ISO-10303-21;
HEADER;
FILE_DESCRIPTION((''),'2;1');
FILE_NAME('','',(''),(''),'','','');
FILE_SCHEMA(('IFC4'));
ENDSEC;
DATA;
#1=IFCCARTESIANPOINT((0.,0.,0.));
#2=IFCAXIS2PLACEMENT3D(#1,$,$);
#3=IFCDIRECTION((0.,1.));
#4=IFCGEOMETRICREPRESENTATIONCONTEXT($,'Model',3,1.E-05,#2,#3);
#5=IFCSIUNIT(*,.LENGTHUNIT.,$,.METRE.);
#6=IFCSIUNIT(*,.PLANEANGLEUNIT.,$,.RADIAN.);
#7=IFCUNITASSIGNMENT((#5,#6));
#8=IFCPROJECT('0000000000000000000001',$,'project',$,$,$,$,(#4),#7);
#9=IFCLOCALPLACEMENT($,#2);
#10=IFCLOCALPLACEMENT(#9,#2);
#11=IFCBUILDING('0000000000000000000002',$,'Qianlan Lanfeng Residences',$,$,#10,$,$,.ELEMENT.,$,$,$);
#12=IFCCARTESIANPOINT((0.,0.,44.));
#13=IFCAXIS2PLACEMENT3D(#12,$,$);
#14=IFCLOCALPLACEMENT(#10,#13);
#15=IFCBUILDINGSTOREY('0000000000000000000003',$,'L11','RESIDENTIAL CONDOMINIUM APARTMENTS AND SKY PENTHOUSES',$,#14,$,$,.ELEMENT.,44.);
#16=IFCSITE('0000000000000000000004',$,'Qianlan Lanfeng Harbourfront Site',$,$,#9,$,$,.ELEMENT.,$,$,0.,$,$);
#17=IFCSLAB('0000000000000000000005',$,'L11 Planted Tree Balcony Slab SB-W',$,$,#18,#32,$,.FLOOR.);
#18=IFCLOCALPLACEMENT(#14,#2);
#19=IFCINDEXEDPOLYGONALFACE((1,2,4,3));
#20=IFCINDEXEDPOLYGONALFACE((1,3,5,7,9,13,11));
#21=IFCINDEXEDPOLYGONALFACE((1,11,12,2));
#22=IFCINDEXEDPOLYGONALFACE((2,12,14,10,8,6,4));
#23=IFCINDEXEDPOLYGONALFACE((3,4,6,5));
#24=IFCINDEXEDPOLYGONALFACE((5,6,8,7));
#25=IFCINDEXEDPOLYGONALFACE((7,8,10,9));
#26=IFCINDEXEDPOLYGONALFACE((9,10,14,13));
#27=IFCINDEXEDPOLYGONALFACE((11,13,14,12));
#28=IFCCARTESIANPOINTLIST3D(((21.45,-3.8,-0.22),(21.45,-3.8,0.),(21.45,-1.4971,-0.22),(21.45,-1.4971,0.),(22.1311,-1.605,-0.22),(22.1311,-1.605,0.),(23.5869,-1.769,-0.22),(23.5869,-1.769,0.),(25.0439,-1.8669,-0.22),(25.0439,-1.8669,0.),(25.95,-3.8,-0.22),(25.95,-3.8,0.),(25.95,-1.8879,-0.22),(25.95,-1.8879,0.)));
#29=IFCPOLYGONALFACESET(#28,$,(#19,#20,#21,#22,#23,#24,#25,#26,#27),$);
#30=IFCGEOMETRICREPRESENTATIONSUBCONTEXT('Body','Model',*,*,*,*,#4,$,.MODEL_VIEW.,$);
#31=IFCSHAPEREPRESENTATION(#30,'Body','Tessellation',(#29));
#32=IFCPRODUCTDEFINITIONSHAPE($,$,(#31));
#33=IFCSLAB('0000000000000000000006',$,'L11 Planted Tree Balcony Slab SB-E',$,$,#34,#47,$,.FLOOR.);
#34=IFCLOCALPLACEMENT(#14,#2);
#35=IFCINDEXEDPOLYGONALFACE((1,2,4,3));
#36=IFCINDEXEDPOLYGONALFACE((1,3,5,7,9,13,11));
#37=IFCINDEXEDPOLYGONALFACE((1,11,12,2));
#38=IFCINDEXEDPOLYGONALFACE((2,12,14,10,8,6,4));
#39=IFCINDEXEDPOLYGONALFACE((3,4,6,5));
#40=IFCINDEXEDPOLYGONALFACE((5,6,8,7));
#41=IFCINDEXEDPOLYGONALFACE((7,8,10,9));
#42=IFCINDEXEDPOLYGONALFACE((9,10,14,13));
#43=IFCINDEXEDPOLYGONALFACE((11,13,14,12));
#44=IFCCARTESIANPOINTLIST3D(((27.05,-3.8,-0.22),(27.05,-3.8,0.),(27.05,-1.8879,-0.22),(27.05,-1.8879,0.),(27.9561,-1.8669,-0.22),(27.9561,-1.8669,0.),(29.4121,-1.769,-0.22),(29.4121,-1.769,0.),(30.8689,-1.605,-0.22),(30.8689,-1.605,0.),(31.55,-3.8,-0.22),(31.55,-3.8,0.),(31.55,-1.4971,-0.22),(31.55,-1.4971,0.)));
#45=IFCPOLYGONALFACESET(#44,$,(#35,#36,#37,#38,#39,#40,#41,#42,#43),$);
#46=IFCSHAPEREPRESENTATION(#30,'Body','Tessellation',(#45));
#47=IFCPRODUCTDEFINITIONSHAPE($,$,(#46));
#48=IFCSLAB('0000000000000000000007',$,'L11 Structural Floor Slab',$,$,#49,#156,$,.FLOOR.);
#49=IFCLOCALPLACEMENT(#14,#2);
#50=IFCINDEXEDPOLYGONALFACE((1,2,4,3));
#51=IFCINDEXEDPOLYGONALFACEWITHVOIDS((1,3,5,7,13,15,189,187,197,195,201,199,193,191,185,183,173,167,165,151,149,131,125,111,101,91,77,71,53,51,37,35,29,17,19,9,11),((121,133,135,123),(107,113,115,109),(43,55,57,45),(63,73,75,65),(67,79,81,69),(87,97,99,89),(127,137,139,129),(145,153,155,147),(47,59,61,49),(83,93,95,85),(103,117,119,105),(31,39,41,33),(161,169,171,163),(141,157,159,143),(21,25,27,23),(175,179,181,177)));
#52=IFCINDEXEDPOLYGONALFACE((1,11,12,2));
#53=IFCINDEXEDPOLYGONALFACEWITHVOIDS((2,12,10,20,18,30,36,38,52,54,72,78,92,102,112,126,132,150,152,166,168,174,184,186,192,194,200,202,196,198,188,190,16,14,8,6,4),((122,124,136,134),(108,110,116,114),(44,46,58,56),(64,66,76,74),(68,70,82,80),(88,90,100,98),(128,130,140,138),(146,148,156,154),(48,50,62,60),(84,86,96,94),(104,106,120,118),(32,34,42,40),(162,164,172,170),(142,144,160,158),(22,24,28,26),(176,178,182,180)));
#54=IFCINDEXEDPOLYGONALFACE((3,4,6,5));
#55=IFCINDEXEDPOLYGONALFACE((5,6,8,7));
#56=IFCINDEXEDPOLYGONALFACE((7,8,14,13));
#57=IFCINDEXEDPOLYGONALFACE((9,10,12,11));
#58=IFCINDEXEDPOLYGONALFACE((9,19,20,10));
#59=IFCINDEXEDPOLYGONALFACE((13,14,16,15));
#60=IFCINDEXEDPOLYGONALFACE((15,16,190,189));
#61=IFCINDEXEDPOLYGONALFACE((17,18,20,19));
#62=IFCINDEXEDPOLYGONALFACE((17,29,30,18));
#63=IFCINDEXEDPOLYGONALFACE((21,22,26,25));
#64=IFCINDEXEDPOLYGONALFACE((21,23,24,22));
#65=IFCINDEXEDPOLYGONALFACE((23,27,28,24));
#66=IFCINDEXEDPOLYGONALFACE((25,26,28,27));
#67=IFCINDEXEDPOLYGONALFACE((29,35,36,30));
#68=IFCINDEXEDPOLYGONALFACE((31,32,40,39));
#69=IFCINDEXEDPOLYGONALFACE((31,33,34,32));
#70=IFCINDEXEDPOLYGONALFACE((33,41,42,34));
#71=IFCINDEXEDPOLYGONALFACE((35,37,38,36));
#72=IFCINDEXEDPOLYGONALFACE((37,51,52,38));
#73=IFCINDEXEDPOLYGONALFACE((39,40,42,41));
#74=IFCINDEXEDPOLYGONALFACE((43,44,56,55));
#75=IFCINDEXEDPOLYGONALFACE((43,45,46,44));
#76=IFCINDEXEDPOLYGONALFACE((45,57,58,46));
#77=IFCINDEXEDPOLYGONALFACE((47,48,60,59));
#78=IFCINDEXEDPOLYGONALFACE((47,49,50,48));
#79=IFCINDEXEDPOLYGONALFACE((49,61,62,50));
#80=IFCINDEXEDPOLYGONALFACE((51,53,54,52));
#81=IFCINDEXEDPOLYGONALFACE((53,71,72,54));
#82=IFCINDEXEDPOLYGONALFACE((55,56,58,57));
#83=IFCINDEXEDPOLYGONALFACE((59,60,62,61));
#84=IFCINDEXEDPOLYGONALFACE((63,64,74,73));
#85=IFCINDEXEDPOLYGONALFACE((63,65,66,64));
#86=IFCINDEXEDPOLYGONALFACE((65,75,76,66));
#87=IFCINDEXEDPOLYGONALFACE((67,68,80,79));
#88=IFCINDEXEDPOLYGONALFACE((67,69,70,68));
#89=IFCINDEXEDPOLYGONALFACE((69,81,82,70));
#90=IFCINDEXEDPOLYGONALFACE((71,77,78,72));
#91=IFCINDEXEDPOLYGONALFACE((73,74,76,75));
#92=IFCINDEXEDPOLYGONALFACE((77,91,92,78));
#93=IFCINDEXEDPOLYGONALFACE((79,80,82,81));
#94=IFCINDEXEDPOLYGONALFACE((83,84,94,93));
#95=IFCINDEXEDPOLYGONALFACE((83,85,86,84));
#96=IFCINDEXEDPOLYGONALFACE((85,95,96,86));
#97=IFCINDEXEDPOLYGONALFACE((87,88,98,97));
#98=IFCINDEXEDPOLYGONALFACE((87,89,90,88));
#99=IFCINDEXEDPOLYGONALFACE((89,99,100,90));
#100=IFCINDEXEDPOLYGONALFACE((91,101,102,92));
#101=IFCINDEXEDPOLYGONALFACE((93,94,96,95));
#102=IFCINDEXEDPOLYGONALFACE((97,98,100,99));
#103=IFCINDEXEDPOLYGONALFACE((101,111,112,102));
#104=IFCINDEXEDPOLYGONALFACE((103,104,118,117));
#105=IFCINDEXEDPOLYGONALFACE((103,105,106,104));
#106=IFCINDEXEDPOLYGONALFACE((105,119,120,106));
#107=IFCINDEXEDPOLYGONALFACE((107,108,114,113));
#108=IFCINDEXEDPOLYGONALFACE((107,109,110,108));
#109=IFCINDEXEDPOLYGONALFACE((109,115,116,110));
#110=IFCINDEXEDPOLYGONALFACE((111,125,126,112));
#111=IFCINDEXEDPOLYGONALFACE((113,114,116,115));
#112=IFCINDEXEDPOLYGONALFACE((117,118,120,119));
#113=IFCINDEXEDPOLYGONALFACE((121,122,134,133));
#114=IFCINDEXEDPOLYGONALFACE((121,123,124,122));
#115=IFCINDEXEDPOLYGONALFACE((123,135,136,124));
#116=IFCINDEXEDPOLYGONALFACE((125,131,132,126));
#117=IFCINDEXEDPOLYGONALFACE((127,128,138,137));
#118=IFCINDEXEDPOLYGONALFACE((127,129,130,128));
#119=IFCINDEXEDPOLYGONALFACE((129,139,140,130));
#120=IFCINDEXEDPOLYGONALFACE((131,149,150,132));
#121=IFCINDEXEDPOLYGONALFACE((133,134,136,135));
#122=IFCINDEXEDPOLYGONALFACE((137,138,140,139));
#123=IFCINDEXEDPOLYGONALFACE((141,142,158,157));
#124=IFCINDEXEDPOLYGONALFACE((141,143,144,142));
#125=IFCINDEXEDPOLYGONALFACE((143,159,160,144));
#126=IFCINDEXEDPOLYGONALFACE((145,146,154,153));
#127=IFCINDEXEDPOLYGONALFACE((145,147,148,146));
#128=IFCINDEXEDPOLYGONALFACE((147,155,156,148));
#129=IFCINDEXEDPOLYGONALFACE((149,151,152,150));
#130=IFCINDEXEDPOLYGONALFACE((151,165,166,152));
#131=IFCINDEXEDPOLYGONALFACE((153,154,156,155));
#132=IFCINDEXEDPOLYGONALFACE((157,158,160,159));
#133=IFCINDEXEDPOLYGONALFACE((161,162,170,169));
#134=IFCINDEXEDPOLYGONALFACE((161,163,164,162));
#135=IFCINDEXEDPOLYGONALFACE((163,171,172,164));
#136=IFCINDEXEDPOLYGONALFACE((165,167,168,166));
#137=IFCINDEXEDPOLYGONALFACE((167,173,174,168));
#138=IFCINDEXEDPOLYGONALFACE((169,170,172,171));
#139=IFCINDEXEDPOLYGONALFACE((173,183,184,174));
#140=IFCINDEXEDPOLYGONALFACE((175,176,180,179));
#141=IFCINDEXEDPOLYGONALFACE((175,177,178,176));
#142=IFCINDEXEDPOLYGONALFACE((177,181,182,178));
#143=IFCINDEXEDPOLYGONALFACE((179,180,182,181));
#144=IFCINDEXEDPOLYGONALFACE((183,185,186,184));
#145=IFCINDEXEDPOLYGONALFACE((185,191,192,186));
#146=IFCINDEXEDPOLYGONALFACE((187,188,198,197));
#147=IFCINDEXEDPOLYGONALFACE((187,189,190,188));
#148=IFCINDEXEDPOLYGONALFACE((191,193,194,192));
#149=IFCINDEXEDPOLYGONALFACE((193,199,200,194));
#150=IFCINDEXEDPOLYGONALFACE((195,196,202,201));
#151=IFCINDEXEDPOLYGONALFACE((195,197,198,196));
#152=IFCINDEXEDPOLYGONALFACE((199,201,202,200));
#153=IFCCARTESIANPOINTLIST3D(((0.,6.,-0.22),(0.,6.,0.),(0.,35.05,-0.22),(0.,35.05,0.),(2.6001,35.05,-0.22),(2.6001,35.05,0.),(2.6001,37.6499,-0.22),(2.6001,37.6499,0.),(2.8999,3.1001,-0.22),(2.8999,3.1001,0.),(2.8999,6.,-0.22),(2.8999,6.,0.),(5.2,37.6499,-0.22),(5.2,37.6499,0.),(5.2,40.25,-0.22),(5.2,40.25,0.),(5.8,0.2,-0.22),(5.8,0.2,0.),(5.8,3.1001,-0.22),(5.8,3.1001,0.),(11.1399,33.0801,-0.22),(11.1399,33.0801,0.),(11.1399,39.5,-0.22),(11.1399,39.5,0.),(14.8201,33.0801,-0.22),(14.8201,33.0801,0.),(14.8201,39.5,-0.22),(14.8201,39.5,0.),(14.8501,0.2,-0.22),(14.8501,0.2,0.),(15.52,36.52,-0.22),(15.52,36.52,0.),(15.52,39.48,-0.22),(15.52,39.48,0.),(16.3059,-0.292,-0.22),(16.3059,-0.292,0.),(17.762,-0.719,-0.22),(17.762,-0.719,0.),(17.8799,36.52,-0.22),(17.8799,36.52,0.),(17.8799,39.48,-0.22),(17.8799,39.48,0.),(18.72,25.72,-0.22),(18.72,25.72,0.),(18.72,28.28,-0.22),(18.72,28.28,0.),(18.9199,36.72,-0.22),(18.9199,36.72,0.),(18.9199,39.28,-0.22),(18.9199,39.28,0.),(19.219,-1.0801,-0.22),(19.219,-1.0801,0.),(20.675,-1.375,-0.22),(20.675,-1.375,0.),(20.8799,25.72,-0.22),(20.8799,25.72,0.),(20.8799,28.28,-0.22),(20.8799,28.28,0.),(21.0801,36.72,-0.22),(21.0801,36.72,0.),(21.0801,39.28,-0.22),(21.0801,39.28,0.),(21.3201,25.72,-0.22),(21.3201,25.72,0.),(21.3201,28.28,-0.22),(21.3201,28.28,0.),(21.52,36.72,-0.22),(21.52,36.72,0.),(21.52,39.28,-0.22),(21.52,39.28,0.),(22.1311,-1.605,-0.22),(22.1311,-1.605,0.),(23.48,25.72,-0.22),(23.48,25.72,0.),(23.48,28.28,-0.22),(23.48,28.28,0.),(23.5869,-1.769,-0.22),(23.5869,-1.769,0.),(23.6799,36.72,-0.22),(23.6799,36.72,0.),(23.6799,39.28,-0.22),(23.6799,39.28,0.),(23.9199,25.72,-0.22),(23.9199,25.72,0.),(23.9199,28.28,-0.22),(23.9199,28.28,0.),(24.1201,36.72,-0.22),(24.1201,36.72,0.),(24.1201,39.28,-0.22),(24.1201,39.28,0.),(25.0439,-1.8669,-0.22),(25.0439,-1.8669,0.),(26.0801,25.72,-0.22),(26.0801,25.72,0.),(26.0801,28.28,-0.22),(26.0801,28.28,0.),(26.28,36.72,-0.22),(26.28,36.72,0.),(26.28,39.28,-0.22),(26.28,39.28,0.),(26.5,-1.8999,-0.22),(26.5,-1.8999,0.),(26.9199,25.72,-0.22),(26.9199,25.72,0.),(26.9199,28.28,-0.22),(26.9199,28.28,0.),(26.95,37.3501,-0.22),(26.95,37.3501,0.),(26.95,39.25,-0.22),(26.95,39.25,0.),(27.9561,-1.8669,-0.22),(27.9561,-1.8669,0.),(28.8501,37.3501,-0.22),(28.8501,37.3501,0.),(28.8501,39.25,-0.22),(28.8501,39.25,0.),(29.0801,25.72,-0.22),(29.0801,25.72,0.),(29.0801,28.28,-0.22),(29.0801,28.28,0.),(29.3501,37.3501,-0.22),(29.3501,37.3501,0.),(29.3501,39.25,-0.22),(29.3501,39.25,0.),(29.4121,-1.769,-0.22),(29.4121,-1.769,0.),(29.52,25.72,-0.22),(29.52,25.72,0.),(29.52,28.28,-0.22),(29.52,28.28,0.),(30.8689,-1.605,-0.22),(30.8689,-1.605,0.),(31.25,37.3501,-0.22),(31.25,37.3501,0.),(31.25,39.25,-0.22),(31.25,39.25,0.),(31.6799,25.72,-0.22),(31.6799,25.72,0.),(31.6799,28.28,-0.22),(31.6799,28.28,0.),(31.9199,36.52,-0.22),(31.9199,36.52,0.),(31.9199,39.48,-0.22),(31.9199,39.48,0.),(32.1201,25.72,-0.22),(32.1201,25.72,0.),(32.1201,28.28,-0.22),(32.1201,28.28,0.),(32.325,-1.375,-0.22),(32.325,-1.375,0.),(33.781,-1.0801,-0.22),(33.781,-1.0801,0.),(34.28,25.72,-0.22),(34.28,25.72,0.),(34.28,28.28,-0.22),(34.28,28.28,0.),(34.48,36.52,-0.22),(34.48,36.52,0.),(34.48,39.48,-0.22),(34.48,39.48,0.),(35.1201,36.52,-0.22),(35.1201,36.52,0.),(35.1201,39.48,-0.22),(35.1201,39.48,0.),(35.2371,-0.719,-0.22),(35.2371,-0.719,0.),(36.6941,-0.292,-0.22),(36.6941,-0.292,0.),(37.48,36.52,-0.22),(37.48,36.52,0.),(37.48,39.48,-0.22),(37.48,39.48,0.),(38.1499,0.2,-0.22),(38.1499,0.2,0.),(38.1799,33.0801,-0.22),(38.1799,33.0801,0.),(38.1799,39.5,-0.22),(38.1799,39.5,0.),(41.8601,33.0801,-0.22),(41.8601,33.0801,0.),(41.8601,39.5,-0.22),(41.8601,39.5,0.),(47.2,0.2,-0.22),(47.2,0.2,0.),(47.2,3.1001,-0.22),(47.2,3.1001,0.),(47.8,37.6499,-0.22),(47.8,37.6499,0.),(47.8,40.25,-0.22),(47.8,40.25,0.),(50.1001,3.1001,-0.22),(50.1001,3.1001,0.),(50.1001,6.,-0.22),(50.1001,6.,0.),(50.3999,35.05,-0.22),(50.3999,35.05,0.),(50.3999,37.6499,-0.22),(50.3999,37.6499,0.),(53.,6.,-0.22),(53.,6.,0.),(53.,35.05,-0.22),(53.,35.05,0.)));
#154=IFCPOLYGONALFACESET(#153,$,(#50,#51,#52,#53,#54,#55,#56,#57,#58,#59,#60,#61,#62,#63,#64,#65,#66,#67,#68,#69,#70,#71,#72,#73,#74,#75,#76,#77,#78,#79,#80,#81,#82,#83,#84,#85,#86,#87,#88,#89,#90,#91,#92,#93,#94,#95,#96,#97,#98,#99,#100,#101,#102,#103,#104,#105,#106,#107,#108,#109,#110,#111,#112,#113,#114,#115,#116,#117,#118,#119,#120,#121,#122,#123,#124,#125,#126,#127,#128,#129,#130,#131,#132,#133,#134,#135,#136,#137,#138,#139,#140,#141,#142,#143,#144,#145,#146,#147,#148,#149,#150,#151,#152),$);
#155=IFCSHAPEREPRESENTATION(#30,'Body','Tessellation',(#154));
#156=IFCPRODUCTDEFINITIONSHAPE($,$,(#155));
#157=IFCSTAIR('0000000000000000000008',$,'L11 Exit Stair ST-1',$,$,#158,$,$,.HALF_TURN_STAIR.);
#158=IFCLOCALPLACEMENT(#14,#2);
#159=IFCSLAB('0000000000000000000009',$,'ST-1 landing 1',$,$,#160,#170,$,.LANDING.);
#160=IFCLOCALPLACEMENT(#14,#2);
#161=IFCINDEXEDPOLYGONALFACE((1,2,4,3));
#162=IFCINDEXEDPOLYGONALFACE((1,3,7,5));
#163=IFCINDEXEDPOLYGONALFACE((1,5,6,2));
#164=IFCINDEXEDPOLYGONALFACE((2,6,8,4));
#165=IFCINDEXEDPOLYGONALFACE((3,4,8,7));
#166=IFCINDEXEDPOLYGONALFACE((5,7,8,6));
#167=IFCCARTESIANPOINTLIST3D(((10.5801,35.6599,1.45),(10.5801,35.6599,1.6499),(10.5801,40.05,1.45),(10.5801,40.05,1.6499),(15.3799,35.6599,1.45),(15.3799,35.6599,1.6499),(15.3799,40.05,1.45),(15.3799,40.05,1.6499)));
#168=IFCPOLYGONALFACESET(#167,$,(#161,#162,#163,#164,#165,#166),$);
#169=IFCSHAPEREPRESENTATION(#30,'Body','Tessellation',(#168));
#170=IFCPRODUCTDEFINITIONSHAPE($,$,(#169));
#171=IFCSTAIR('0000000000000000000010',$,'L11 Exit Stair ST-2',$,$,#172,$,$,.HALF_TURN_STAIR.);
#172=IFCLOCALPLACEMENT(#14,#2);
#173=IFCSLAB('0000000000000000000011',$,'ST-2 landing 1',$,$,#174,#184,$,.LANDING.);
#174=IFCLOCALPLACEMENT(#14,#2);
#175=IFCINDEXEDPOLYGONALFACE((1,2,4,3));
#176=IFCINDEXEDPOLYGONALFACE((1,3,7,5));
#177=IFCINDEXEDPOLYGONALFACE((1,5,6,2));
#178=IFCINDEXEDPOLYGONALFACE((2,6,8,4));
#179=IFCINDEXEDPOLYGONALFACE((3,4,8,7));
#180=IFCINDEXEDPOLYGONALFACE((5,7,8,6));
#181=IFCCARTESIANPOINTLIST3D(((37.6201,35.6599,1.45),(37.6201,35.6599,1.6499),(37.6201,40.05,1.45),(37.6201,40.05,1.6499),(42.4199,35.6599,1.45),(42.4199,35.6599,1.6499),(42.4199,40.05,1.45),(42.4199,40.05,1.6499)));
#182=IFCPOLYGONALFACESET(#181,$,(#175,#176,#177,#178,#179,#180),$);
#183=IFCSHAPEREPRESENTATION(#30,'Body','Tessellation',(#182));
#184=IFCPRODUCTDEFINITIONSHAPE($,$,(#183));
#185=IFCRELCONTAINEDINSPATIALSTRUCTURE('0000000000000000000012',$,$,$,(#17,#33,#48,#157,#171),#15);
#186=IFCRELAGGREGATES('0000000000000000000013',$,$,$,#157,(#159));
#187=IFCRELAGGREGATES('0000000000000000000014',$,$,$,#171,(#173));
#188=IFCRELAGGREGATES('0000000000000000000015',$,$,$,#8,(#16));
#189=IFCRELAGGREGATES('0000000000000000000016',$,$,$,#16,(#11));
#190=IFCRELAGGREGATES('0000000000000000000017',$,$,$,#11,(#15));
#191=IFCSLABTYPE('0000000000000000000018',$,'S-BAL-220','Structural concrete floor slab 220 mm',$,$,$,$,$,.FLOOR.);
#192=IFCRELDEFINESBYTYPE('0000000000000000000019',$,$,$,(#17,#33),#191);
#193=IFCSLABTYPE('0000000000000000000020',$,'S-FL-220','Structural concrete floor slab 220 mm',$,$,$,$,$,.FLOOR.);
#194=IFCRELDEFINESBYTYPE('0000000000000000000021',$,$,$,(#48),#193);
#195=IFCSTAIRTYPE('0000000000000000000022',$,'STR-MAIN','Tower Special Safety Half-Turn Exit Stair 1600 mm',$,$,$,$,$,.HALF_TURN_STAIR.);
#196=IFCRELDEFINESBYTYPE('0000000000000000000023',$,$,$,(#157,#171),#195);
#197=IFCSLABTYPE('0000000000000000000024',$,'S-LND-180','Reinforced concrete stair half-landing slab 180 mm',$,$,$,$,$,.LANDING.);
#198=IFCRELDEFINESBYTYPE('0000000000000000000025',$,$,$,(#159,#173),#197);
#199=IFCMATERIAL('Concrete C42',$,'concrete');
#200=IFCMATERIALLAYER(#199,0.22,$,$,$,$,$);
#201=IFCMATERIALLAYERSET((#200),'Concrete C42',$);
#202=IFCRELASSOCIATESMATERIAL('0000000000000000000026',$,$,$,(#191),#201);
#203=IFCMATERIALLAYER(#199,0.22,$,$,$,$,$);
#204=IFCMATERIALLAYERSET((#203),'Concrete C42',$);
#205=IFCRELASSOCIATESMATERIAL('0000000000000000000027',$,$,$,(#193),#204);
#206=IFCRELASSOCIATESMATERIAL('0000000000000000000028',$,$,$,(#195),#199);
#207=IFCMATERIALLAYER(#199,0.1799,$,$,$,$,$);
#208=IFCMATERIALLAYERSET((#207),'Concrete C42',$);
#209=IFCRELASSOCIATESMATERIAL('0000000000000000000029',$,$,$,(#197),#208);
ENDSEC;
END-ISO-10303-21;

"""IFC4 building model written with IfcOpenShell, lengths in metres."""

from ifc_helpers import new_model, si_unit, direction, frame, origin, place, context, subcontext, project, spatial, polyline, outline, extrude, material, layer, layer_set, type_object, element, aggregate, save


model = new_model("IFC4")

# Units and contexts
model_context = context("Model", 3, precision=1e-05, world=origin(), true_north=direction((0.0, 1.0)))
body_context = subcontext(model_context, "Body", "Model", "MODEL_VIEW")
ifc_project = project(units=[si_unit("LENGTHUNIT", "METRE"), si_unit("PLANEANGLEUNIT", "RADIAN")], contexts=[model_context])

# Site, building, storey
site_placement = place(None, origin())
site = spatial("IfcSite", under=ifc_project, at=site_placement, Name="Qianlan Lanfeng Harbourfront Site", CompositionType="ELEMENT", RefElevation=0.0)
building_placement = place(site_placement, origin())
building = spatial("IfcBuilding", under=site, at=building_placement, Name="Qianlan Lanfeng Residences", CompositionType="ELEMENT")
storey_placement = place(building_placement, frame((0.0, 0.0, 44.0)))
storey = spatial("IfcBuildingStorey", under=building, at=storey_placement, Name="L11", Description="RESIDENTIAL CONDOMINIUM APARTMENTS AND SKY PENTHOUSES", CompositionType="ELEMENT", Elevation=44.0)

# Slabs
ifc_material_1 = material(Name="Concrete C42", Category="concrete")
ifc_layer_1 = layer(ifc_material_1, 0.22)
ifc_layer_set_1 = layer_set([ifc_layer_1], Name="Concrete C42")
slab_type_1 = type_object("IfcSlabType", Name="S-BAL-220", Description="Structural concrete floor slab 220 mm", PredefinedType="FLOOR", material=ifc_layer_set_1)
slab_1_placement = place(storey_placement, frame((0.0, 0.0, -0.22)))
element("IfcSlab", 1, at=slab_1_placement, inside=storey, type_object=slab_type_1, Name="L11 Planted Tree Balcony Slab SB-W", PredefinedType="FLOOR", context=body_context, shape_type="SweptSolid", body=[
    extrude(outline(polyline([(25.95, -1.8879), (25.0439, -1.8669), (23.5869, -1.769), (22.1311, -1.605), (21.45, -1.4971), (21.45, -3.8), (25.95, -3.8), (25.95, -1.8879)])), origin(), (0.0, 0.0, 1.0), 0.22),
])
slab_2_placement = place(storey_placement, frame((0.0, 0.0, -0.22)))
element("IfcSlab", 2, at=slab_2_placement, inside=storey, type_object=slab_type_1, Name="L11 Planted Tree Balcony Slab SB-E", PredefinedType="FLOOR", context=body_context, shape_type="SweptSolid", body=[
    extrude(outline(polyline([(31.55, -1.4971), (30.8689, -1.605), (29.4121, -1.769), (27.9561, -1.8669), (27.05, -1.8879), (27.05, -3.8), (31.55, -3.8), (31.55, -1.4971)])), origin(), (0.0, 0.0, 1.0), 0.22),
])
ifc_layer_2 = layer(ifc_material_1, 0.22)
ifc_layer_set_2 = layer_set([ifc_layer_2], Name="Concrete C42")
slab_type_2 = type_object("IfcSlabType", Name="S-FL-220", Description="Structural concrete floor slab 220 mm", PredefinedType="FLOOR", material=ifc_layer_set_2)
slab_3_placement = place(storey_placement, frame((0.0, 0.0, -0.22)))
element("IfcSlab", 3, at=slab_3_placement, inside=storey, type_object=slab_type_2, Name="L11 Structural Floor Slab", PredefinedType="FLOOR", context=body_context, shape_type="SweptSolid", body=[
    extrude(outline(polyline([(0.0, 6.0), (2.8999, 6.0), (2.8999, 3.1001), (5.8, 3.1001), (5.8, 0.2), (14.8501, 0.2), (16.3059, -0.292), (17.762, -0.719), (19.219, -1.0801), (20.675, -1.375), (22.1311, -1.605), (23.5869, -1.769), (25.0439, -1.8669), (26.5, -1.8999), (27.9561, -1.8669), (29.4121, -1.769), (30.8689, -1.605), (32.325, -1.375), (33.781, -1.0801), (35.2371, -0.719), (36.6941, -0.292), (38.1499, 0.2), (47.2, 0.2), (47.2, 3.1001), (50.1001, 3.1001), (50.1001, 6.0), (53.0, 6.0), (53.0, 35.05), (50.3999, 35.05), (50.3999, 37.6499), (47.8, 37.6499), (47.8, 40.25), (5.2, 40.25), (5.2, 37.6499), (2.6001, 37.6499), (2.6001, 35.05), (0.0, 35.05), (0.0, 6.0)]), holes=[polyline([(11.1399, 33.0801), (11.1399, 39.5), (14.8201, 39.5), (14.8201, 33.0801), (11.1399, 33.0801)]), polyline([(38.1799, 33.0801), (38.1799, 39.5), (41.8601, 39.5), (41.8601, 33.0801), (38.1799, 33.0801)]), polyline([(15.52, 36.52), (15.52, 39.48), (17.8799, 39.48), (17.8799, 36.52), (15.52, 36.52)]), polyline([(35.1201, 36.52), (35.1201, 39.48), (37.48, 39.48), (37.48, 36.52), (35.1201, 36.52)]), polyline([(31.9199, 36.52), (31.9199, 39.48), (34.48, 39.48), (34.48, 36.52), (31.9199, 36.52)]), polyline([(18.72, 25.72), (18.72, 28.28), (20.8799, 28.28), (20.8799, 25.72), (18.72, 25.72)]), polyline([(21.3201, 25.72), (21.3201, 28.28), (23.48, 28.28), (23.48, 25.72), (21.3201, 25.72)]), polyline([(23.9199, 25.72), (23.9199, 28.28), (26.0801, 28.28), (26.0801, 25.72), (23.9199, 25.72)]), polyline([(26.9199, 25.72), (26.9199, 28.28), (29.0801, 28.28), (29.0801, 25.72), (26.9199, 25.72)]), polyline([(29.52, 25.72), (29.52, 28.28), (31.6799, 28.28), (31.6799, 25.72), (29.52, 25.72)]), polyline([(32.1201, 25.72), (32.1201, 28.28), (34.28, 28.28), (34.28, 25.72), (32.1201, 25.72)]), polyline([(18.9199, 36.72), (18.9199, 39.28), (21.0801, 39.28), (21.0801, 36.72), (18.9199, 36.72)]), polyline([(21.52, 36.72), (21.52, 39.28), (23.6799, 39.28), (23.6799, 36.72), (21.52, 36.72)]), polyline([(24.1201, 36.72), (24.1201, 39.28), (26.28, 39.28), (26.28, 36.72), (24.1201, 36.72)]), polyline([(26.95, 37.3501), (26.95, 39.25), (28.8501, 39.25), (28.8501, 37.3501), (26.95, 37.3501)]), polyline([(29.3501, 37.3501), (29.3501, 39.25), (31.25, 39.25), (31.25, 37.3501), (29.3501, 37.3501)])]), origin(), (0.0, 0.0, 1.0), 0.22),
])

# Stairs, slabs
stair_type = type_object("IfcStairType", Name="STR-MAIN", Description="Tower Special Safety Half-Turn Exit Stair 1600 mm", PredefinedType="HALF_TURN_STAIR", material=ifc_material_1)
stair_1_placement = place(storey_placement, origin())
stair_1 = element("IfcStair", 4, at=stair_1_placement, inside=storey, type_object=stair_type, Name="L11 Exit Stair ST-1", PredefinedType="HALF_TURN_STAIR")
ifc_layer_3 = layer(ifc_material_1, 0.1799)
ifc_layer_set_3 = layer_set([ifc_layer_3], Name="Concrete C42")
slab_type_3 = type_object("IfcSlabType", Name="S-LND-180", Description="Reinforced concrete stair half-landing slab 180 mm", PredefinedType="LANDING", material=ifc_layer_set_3)
slab_4_placement = place(storey_placement, frame((0.0, 0.0, 1.45)))
slab_4 = element("IfcSlab", 5, at=slab_4_placement, type_object=slab_type_3, Name="ST-1 landing 1", PredefinedType="LANDING", context=body_context, shape_type="SweptSolid", body=[
    extrude(outline(polyline([(10.5801, 35.6599), (15.3799, 35.6599), (15.3799, 40.05), (10.5801, 40.05), (10.5801, 35.6599)])), origin(), (0.0, 0.0, 1.0), 0.2),
])
aggregate(stair_1, [slab_4])
stair_2_placement = place(storey_placement, origin())
stair_2 = element("IfcStair", 6, at=stair_2_placement, inside=storey, type_object=stair_type, Name="L11 Exit Stair ST-2", PredefinedType="HALF_TURN_STAIR")
slab_5_placement = place(storey_placement, frame((0.0, 0.0, 1.45)))
slab_5 = element("IfcSlab", 7, at=slab_5_placement, type_object=slab_type_3, Name="ST-2 landing 1", PredefinedType="LANDING", context=body_context, shape_type="SweptSolid", body=[
    extrude(outline(polyline([(37.6201, 35.6599), (42.4199, 35.6599), (42.4199, 40.05), (37.6201, 40.05), (37.6201, 35.6599)])), origin(), (0.0, 0.0, 1.0), 0.2),
])
aggregate(stair_2, [slab_5])

save(model, "model.ifc")
